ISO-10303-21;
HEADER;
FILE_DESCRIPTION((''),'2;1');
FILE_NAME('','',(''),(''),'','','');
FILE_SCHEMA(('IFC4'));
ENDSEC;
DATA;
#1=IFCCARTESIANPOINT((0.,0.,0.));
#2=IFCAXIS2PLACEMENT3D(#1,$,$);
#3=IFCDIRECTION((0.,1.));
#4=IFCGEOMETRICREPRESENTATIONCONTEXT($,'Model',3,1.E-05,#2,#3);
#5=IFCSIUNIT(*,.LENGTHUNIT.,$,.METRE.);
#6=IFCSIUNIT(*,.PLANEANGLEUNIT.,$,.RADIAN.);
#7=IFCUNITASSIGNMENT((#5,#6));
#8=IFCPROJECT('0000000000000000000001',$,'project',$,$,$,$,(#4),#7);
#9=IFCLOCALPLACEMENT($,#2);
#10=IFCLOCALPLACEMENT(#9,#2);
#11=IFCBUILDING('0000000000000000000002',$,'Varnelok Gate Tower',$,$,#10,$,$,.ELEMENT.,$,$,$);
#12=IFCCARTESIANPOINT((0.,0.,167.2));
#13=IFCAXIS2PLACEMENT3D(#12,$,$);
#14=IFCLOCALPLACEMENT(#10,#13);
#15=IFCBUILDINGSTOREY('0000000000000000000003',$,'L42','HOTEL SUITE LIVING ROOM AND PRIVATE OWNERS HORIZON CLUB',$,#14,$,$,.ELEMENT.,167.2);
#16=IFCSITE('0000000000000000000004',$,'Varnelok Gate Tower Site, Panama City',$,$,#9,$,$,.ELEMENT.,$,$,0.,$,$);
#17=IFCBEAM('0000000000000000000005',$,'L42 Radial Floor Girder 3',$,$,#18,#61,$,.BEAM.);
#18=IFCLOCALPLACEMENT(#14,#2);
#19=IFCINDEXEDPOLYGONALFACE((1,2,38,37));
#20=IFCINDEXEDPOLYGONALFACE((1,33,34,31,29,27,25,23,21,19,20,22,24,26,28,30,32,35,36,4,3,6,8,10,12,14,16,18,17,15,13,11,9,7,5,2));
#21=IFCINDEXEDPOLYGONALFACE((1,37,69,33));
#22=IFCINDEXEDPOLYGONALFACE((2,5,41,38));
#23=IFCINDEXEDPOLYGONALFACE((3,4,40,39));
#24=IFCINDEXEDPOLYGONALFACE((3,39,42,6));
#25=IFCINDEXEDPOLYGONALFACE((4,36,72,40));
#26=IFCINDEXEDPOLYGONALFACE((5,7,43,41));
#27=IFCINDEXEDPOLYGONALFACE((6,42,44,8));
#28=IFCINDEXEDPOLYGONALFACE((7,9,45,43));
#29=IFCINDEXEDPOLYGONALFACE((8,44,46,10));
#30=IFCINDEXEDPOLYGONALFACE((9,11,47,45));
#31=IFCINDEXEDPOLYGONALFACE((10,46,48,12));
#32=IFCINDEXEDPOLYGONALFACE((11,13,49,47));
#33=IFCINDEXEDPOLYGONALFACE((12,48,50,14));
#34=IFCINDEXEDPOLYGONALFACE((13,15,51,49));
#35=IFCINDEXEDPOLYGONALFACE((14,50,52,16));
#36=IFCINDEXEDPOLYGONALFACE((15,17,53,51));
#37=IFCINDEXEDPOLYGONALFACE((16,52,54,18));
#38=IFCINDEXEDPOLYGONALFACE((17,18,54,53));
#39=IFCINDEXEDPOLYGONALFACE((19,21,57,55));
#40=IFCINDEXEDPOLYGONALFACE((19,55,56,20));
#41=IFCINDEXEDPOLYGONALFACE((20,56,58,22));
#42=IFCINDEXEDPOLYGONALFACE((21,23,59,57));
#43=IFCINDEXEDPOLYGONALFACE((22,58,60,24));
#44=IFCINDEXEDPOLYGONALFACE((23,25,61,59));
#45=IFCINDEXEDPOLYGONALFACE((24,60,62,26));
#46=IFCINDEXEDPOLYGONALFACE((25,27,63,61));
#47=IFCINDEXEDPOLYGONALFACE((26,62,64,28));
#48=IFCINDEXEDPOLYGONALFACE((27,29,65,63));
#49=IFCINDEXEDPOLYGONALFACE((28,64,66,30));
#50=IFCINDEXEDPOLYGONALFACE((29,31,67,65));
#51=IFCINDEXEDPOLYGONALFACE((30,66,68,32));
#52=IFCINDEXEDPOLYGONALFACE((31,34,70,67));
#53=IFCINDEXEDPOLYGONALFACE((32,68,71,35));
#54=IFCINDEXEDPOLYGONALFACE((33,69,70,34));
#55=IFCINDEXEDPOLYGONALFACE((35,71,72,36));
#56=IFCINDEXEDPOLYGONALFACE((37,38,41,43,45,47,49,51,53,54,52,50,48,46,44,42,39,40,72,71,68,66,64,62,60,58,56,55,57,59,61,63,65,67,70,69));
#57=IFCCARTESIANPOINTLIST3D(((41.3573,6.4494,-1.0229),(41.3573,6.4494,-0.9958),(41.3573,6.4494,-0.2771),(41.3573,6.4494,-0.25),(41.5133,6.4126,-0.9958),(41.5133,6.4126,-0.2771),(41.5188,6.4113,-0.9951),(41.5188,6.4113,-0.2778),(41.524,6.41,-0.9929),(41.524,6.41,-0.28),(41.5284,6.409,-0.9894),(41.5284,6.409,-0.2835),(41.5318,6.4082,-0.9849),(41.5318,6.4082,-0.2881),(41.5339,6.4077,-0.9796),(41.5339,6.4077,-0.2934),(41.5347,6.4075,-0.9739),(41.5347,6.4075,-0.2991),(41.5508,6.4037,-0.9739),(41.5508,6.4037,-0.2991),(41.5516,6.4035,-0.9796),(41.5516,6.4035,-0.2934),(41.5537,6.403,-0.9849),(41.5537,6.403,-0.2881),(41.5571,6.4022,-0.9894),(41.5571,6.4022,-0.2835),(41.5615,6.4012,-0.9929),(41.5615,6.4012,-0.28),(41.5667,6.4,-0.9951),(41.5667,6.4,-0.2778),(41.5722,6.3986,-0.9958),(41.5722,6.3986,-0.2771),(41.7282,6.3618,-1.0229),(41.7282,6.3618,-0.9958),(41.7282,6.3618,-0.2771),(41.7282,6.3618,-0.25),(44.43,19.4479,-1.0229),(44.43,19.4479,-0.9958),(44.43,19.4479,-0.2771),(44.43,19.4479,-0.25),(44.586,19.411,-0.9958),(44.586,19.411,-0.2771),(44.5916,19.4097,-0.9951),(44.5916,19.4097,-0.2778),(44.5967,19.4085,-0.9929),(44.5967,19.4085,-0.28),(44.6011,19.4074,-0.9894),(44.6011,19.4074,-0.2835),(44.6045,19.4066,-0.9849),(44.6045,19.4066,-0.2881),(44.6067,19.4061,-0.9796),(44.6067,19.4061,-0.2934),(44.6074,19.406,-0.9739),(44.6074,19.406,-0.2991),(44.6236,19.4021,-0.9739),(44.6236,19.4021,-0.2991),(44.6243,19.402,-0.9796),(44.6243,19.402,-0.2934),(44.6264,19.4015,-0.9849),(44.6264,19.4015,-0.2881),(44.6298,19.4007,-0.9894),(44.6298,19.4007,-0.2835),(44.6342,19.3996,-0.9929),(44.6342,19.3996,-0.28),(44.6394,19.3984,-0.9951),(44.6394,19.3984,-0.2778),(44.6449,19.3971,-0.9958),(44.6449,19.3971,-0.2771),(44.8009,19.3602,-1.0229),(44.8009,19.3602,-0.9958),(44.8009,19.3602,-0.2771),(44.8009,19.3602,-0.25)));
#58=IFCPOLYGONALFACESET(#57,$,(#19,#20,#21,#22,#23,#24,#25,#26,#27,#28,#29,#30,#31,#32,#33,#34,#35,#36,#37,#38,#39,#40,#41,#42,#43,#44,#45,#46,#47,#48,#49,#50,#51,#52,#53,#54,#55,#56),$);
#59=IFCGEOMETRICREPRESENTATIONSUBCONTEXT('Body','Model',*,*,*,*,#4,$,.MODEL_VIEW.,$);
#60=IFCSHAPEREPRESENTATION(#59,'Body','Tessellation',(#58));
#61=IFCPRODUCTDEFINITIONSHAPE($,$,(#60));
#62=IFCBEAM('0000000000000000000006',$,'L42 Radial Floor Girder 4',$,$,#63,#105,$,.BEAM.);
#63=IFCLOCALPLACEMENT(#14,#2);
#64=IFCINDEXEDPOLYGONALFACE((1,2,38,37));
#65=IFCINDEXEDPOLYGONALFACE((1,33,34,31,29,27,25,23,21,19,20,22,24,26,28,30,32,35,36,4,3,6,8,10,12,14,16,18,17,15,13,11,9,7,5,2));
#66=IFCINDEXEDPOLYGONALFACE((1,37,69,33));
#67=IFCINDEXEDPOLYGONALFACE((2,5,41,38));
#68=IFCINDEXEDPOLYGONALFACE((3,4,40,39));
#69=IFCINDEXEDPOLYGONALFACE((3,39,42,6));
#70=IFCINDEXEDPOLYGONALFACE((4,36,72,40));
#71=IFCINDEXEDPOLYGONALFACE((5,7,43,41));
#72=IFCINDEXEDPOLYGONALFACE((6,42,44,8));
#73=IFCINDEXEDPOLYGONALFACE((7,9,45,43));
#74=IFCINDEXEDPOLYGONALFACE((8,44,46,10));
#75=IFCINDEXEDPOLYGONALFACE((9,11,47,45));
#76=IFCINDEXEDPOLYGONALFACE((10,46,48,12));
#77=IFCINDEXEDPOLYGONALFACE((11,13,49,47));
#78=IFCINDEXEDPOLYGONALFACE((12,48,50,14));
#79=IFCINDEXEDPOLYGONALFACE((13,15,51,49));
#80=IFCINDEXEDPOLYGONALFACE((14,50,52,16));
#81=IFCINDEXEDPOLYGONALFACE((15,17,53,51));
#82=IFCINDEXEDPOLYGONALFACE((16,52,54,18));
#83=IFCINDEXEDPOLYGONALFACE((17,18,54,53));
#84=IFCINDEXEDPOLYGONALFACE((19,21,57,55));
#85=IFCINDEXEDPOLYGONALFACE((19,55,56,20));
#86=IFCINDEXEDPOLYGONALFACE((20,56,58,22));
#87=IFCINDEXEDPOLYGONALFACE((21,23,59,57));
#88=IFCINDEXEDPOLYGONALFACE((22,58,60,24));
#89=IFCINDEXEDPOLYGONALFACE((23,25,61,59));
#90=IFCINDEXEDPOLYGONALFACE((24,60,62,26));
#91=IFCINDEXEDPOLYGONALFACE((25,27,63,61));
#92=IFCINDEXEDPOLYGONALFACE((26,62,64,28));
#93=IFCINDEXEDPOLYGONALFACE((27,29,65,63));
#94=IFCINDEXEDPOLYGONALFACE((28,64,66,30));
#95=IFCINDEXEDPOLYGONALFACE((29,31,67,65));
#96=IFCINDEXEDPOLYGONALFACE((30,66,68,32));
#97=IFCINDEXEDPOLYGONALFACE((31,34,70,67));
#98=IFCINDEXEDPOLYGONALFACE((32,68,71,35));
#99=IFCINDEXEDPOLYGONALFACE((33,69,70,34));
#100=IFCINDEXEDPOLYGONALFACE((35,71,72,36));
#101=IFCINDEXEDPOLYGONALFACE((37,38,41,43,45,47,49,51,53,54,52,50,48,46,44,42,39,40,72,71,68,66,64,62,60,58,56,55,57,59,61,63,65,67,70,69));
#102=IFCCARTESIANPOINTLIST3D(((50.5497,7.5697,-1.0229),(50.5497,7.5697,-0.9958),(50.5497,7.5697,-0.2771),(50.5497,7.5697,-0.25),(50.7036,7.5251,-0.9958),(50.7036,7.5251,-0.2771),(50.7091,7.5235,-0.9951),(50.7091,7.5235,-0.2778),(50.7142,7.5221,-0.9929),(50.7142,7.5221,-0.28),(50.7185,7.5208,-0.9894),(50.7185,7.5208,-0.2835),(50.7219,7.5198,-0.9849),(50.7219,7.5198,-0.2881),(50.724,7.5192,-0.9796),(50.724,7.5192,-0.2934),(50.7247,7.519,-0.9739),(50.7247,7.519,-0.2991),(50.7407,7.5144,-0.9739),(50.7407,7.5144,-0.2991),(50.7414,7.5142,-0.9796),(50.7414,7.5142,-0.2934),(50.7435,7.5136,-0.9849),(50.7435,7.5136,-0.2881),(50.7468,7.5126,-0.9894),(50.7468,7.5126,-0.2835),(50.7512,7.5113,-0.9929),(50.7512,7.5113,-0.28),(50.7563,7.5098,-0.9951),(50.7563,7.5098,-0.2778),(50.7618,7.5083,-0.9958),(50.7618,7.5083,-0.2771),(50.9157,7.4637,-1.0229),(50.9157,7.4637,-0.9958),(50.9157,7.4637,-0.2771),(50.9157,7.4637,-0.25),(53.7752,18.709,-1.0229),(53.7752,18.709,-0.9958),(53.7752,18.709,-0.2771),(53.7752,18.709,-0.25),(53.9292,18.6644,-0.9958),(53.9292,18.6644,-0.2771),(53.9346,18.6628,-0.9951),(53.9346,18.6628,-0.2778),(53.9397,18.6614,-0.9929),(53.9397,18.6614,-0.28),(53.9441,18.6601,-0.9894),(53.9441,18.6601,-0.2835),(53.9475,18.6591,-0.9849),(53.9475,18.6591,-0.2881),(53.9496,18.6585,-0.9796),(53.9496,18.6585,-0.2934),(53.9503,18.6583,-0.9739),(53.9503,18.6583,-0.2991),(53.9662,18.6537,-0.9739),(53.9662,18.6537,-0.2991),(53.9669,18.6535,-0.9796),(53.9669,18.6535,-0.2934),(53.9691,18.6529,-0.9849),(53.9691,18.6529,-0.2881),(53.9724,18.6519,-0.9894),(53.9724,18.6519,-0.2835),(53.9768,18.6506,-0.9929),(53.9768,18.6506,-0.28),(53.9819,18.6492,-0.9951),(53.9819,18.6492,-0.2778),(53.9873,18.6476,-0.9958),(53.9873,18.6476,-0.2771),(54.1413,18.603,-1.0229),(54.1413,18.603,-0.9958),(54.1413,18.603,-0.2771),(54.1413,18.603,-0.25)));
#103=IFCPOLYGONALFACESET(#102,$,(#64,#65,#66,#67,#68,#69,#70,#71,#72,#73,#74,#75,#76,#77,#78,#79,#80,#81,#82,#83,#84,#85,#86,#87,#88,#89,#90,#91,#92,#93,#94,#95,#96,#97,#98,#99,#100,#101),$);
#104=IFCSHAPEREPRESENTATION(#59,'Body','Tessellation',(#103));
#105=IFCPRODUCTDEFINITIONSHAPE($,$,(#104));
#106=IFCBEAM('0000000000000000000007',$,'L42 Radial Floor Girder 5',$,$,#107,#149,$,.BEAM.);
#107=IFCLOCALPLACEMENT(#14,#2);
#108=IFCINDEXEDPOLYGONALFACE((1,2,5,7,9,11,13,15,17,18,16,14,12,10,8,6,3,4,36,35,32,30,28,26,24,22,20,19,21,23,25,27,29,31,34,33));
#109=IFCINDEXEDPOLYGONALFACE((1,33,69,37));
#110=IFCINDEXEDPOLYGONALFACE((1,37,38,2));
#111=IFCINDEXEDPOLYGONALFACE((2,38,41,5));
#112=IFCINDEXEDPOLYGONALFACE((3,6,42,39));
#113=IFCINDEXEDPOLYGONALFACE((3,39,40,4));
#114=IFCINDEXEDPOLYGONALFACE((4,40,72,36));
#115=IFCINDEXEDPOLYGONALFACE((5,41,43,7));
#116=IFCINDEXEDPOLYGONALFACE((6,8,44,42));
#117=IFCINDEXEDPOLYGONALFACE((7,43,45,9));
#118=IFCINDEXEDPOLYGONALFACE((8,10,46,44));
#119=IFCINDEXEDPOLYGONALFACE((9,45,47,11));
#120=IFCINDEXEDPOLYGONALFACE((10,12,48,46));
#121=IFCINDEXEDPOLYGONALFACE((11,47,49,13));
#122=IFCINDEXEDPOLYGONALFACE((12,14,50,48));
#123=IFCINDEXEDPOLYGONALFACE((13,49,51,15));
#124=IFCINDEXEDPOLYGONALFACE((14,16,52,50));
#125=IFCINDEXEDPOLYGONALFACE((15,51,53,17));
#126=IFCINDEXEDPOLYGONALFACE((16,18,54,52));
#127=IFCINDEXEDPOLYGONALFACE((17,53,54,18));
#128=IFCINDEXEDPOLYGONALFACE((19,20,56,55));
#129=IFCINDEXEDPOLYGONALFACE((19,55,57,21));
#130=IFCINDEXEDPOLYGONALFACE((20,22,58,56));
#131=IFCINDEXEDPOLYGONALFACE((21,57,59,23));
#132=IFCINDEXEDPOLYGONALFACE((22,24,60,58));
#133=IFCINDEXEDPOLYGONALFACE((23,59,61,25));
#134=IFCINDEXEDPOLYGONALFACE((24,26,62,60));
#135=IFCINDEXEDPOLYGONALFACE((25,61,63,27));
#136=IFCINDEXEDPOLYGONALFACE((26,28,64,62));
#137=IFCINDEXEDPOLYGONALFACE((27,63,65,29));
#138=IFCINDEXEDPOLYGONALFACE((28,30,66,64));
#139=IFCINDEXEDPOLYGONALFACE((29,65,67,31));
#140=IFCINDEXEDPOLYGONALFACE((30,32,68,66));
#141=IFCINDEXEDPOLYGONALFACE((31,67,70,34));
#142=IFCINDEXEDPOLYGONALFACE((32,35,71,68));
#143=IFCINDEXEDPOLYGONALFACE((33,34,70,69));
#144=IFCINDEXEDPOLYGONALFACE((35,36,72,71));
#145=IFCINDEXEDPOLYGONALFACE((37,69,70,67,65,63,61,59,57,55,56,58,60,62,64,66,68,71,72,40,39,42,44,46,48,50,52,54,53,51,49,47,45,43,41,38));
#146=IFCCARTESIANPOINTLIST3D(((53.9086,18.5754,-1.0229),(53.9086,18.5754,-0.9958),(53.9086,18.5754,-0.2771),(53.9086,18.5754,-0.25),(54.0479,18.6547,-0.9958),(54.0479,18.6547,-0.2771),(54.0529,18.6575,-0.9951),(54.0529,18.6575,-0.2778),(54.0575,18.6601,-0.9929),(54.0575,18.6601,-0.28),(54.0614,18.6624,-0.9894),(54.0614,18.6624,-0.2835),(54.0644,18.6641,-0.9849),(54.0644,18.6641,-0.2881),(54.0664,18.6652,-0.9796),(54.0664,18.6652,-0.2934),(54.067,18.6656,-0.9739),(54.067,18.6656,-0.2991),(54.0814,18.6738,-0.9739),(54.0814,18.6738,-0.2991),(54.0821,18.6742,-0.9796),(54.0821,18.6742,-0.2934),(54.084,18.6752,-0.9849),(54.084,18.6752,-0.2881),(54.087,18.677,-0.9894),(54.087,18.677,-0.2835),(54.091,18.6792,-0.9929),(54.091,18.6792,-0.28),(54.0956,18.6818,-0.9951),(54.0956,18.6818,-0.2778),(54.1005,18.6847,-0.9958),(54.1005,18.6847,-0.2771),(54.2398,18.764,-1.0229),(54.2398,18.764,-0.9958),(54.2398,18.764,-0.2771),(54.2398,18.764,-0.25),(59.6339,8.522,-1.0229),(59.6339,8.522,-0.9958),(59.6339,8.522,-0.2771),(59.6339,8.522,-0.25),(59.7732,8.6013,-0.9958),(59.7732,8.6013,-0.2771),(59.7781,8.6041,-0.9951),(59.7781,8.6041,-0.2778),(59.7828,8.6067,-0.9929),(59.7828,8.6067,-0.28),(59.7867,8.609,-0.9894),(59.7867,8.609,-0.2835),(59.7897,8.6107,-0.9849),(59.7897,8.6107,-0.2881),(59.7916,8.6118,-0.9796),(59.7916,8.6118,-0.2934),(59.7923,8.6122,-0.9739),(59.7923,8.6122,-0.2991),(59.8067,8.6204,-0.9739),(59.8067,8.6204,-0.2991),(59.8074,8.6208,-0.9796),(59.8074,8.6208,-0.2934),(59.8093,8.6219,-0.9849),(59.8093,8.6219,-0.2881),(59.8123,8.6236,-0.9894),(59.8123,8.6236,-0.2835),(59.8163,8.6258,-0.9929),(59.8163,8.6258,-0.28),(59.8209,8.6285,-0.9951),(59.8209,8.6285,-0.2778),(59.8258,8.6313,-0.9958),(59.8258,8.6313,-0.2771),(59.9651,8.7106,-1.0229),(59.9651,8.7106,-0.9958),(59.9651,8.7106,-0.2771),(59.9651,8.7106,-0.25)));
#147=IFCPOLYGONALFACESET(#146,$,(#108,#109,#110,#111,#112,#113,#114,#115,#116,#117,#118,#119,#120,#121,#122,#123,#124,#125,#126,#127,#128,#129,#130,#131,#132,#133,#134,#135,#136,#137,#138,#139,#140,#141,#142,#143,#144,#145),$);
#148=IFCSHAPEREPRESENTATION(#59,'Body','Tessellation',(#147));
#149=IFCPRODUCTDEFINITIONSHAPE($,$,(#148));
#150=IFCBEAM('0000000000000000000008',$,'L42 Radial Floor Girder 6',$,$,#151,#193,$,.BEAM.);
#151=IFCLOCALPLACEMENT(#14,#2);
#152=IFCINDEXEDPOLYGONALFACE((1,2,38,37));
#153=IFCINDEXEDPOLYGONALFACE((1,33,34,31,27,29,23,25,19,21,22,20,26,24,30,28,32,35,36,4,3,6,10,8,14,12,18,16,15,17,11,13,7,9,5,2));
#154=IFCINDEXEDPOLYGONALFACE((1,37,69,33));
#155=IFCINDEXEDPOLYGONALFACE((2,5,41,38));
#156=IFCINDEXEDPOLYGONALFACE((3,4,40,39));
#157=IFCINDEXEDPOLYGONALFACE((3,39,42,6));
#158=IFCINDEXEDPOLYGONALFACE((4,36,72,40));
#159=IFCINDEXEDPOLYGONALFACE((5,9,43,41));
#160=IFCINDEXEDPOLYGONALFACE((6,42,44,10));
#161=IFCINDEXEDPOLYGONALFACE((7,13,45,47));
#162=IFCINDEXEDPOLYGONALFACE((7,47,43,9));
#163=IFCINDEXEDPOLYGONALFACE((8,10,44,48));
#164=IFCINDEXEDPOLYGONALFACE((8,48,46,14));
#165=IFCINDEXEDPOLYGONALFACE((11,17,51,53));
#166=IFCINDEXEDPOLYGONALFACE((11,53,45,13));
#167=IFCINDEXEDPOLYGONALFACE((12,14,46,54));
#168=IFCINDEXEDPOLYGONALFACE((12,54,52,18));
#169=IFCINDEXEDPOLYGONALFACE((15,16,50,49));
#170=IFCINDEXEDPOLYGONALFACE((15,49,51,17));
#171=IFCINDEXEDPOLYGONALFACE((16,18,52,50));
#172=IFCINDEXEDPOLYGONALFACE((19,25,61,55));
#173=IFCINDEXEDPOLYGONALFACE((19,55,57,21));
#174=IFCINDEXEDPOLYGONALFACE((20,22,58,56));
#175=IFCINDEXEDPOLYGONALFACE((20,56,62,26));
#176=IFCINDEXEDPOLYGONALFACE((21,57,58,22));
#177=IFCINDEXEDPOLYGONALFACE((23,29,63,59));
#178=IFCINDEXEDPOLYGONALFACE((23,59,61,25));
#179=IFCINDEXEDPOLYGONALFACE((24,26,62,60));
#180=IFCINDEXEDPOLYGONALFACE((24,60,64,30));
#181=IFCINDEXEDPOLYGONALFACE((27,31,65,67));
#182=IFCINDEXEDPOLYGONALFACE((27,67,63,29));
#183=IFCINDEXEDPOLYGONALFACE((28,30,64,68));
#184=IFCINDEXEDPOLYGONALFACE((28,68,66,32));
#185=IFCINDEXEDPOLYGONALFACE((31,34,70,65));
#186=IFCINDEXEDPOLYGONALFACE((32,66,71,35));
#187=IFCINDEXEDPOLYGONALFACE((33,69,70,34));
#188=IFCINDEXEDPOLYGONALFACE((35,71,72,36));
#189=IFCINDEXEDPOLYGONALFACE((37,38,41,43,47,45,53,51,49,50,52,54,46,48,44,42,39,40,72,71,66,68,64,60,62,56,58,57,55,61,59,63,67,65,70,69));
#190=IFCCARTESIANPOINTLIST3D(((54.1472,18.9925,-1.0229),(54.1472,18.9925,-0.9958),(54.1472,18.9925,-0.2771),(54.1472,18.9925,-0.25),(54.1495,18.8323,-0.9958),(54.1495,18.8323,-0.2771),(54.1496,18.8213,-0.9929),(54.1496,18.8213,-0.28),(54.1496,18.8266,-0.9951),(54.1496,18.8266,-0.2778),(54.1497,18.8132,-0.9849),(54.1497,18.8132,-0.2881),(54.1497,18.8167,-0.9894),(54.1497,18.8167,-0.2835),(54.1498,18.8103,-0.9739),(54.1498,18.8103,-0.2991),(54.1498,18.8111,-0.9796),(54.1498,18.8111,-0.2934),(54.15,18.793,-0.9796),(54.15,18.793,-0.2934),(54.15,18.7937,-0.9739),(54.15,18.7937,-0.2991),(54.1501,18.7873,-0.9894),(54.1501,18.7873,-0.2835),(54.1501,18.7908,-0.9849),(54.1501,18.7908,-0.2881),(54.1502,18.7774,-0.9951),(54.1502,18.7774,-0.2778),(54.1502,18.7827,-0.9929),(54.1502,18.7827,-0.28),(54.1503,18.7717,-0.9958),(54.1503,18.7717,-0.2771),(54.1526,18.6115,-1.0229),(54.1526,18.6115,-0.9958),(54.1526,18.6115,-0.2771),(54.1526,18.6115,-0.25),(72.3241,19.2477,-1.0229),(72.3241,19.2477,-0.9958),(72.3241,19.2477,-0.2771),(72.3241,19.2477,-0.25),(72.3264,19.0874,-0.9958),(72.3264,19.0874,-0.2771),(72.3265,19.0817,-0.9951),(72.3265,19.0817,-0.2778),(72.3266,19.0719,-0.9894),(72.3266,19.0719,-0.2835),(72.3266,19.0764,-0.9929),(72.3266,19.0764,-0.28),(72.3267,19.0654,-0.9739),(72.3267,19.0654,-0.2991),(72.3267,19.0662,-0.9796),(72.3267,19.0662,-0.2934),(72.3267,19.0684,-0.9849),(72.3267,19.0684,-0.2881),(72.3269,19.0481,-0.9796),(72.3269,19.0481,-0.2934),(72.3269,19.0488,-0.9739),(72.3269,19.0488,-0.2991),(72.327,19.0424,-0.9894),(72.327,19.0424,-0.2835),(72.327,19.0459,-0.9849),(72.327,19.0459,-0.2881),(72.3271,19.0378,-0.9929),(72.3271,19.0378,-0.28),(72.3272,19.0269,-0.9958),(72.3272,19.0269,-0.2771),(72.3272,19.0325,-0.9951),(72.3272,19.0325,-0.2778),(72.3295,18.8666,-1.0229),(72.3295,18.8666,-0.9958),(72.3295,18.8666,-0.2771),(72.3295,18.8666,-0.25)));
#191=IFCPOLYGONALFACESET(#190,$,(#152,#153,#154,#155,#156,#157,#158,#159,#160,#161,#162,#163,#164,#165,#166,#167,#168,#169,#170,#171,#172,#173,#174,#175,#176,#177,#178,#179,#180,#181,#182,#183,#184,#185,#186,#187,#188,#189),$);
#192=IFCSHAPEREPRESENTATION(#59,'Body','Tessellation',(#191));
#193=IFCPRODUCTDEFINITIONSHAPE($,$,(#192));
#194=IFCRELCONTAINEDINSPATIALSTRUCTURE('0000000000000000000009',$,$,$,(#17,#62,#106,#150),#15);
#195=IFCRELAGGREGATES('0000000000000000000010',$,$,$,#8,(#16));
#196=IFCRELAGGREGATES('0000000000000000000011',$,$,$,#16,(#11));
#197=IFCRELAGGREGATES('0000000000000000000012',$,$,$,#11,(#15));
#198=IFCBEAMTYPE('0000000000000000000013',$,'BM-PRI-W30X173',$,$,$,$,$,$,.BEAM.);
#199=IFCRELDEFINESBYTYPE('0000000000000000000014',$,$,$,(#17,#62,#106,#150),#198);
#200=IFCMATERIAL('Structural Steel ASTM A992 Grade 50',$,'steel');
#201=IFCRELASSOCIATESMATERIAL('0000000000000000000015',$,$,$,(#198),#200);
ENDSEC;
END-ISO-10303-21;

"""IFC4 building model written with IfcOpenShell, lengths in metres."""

from ifc_helpers import new_model, si_unit, direction, frame, origin, origin_2d, place, context, subcontext, project, spatial, i_section, extrude, material, material_profile, profile_set, type_object, element, save


model = new_model("IFC4")

# Units and contexts
model_context = context("Model", 3, precision=1e-05, world=origin(), true_north=direction((0.0, 1.0)))
body_context = subcontext(model_context, "Body", "Model", "MODEL_VIEW")
ifc_project = project(units=[si_unit("LENGTHUNIT", "METRE"), si_unit("PLANEANGLEUNIT", "RADIAN")], contexts=[model_context])

# Site, building, storey
site_placement = place(None, origin())
site = spatial("IfcSite", under=ifc_project, at=site_placement, Name="Varnelok Gate Tower Site, Panama City", CompositionType="ELEMENT", RefElevation=0.0)
building_placement = place(site_placement, origin())
building = spatial("IfcBuilding", under=site, at=building_placement, Name="Varnelok Gate Tower", CompositionType="ELEMENT")
storey_placement = place(building_placement, frame((0.0, 0.0, 167.2)))
storey = spatial("IfcBuildingStorey", under=building, at=storey_placement, Name="L42", Description="HOTEL SUITE LIVING ROOM AND PRIVATE OWNERS HORIZON CLUB", CompositionType="ELEMENT", Elevation=167.2)

# Shared definitions
ifc_material_1 = material(Name="Structural Steel ASTM A992 Grade 50", Category="steel")

# Beams
ifc_material_profile_1 = material_profile(ifc_material_1, i_section(OverallWidth=0.3811, OverallDepth=0.7729, WebThickness=0.0166, FlangeThickness=0.0271, FilletRadius=0.022, at=origin_2d()), Name="W30X173")
ifc_profile_set_1 = profile_set([ifc_material_profile_1], Name="Structural Steel ASTM A992 Grade 50")
beam_type_1 = type_object("IfcBeamType", Name="BM-PRI-W30X173", PredefinedType="BEAM", material=ifc_profile_set_1)
beam_1_placement = place(storey_placement, frame((44.6155, 19.4041, -0.6365), z_axis=(-0.230052, -0.973178, 0.0), x_axis=(0.973178, -0.230052, 0.0)))
element("IfcBeam", 1, at=beam_1_placement, inside=storey, type_object=beam_type_1, Name="L42 Radial Floor Girder 3", PredefinedType="BEAM", context=body_context, shape_type="SweptSolid", body=[
    extrude(i_section(OverallWidth=0.3811, OverallDepth=0.7729, WebThickness=0.0166, FlangeThickness=0.0271, FilletRadius=0.022, at=origin_2d()), origin(), (0.0, 0.0, 1.0), 13.3567),
])
beam_2_placement = place(storey_placement, frame((53.9583, 18.656, -0.6365), z_axis=(-0.278139, -0.960541, 0.0), x_axis=(0.960541, -0.278139, 0.0)))
element("IfcBeam", 2, at=beam_2_placement, inside=storey, type_object=beam_type_1, Name="L42 Radial Floor Girder 4", PredefinedType="BEAM", context=body_context, shape_type="SweptSolid", body=[
    extrude(i_section(OverallWidth=0.3811, OverallDepth=0.7729, WebThickness=0.0166, FlangeThickness=0.0271, FilletRadius=0.022, at=origin_2d()), origin(), (0.0, 0.0, 1.0), 11.5969),
])
beam_3_placement = place(storey_placement, frame((54.0742, 18.6697, -0.6365), z_axis=(0.494868, -0.868968, 0.0), x_axis=(0.868968, 0.494868, 0.0)))
element("IfcBeam", 3, at=beam_3_placement, inside=storey, type_object=beam_type_1, Name="L42 Radial Floor Girder 5", PredefinedType="BEAM", context=body_context, shape_type="SweptSolid", body=[
    extrude(i_section(OverallWidth=0.3811, OverallDepth=0.7729, WebThickness=0.0166, FlangeThickness=0.0271, FilletRadius=0.022, at=origin_2d()), origin(), (0.0, 0.0, 1.0), 11.5693),
])
beam_4_placement = place(storey_placement, frame((54.1499, 18.802, -0.6365), z_axis=(0.999902, 0.014034, 0.0), x_axis=(-0.014034, 0.999902, 0.0)))
element("IfcBeam", 4, at=beam_4_placement, inside=storey, type_object=beam_type_1, Name="L42 Radial Floor Girder 6", PredefinedType="BEAM", context=body_context, shape_type="SweptSolid", body=[
    extrude(i_section(OverallWidth=0.3811, OverallDepth=0.7729, WebThickness=0.0166, FlangeThickness=0.0271, FilletRadius=0.022, at=origin_2d()), origin(), (0.0, 0.0, 1.0), 18.1787),
])

save(model, "model.ifc")
